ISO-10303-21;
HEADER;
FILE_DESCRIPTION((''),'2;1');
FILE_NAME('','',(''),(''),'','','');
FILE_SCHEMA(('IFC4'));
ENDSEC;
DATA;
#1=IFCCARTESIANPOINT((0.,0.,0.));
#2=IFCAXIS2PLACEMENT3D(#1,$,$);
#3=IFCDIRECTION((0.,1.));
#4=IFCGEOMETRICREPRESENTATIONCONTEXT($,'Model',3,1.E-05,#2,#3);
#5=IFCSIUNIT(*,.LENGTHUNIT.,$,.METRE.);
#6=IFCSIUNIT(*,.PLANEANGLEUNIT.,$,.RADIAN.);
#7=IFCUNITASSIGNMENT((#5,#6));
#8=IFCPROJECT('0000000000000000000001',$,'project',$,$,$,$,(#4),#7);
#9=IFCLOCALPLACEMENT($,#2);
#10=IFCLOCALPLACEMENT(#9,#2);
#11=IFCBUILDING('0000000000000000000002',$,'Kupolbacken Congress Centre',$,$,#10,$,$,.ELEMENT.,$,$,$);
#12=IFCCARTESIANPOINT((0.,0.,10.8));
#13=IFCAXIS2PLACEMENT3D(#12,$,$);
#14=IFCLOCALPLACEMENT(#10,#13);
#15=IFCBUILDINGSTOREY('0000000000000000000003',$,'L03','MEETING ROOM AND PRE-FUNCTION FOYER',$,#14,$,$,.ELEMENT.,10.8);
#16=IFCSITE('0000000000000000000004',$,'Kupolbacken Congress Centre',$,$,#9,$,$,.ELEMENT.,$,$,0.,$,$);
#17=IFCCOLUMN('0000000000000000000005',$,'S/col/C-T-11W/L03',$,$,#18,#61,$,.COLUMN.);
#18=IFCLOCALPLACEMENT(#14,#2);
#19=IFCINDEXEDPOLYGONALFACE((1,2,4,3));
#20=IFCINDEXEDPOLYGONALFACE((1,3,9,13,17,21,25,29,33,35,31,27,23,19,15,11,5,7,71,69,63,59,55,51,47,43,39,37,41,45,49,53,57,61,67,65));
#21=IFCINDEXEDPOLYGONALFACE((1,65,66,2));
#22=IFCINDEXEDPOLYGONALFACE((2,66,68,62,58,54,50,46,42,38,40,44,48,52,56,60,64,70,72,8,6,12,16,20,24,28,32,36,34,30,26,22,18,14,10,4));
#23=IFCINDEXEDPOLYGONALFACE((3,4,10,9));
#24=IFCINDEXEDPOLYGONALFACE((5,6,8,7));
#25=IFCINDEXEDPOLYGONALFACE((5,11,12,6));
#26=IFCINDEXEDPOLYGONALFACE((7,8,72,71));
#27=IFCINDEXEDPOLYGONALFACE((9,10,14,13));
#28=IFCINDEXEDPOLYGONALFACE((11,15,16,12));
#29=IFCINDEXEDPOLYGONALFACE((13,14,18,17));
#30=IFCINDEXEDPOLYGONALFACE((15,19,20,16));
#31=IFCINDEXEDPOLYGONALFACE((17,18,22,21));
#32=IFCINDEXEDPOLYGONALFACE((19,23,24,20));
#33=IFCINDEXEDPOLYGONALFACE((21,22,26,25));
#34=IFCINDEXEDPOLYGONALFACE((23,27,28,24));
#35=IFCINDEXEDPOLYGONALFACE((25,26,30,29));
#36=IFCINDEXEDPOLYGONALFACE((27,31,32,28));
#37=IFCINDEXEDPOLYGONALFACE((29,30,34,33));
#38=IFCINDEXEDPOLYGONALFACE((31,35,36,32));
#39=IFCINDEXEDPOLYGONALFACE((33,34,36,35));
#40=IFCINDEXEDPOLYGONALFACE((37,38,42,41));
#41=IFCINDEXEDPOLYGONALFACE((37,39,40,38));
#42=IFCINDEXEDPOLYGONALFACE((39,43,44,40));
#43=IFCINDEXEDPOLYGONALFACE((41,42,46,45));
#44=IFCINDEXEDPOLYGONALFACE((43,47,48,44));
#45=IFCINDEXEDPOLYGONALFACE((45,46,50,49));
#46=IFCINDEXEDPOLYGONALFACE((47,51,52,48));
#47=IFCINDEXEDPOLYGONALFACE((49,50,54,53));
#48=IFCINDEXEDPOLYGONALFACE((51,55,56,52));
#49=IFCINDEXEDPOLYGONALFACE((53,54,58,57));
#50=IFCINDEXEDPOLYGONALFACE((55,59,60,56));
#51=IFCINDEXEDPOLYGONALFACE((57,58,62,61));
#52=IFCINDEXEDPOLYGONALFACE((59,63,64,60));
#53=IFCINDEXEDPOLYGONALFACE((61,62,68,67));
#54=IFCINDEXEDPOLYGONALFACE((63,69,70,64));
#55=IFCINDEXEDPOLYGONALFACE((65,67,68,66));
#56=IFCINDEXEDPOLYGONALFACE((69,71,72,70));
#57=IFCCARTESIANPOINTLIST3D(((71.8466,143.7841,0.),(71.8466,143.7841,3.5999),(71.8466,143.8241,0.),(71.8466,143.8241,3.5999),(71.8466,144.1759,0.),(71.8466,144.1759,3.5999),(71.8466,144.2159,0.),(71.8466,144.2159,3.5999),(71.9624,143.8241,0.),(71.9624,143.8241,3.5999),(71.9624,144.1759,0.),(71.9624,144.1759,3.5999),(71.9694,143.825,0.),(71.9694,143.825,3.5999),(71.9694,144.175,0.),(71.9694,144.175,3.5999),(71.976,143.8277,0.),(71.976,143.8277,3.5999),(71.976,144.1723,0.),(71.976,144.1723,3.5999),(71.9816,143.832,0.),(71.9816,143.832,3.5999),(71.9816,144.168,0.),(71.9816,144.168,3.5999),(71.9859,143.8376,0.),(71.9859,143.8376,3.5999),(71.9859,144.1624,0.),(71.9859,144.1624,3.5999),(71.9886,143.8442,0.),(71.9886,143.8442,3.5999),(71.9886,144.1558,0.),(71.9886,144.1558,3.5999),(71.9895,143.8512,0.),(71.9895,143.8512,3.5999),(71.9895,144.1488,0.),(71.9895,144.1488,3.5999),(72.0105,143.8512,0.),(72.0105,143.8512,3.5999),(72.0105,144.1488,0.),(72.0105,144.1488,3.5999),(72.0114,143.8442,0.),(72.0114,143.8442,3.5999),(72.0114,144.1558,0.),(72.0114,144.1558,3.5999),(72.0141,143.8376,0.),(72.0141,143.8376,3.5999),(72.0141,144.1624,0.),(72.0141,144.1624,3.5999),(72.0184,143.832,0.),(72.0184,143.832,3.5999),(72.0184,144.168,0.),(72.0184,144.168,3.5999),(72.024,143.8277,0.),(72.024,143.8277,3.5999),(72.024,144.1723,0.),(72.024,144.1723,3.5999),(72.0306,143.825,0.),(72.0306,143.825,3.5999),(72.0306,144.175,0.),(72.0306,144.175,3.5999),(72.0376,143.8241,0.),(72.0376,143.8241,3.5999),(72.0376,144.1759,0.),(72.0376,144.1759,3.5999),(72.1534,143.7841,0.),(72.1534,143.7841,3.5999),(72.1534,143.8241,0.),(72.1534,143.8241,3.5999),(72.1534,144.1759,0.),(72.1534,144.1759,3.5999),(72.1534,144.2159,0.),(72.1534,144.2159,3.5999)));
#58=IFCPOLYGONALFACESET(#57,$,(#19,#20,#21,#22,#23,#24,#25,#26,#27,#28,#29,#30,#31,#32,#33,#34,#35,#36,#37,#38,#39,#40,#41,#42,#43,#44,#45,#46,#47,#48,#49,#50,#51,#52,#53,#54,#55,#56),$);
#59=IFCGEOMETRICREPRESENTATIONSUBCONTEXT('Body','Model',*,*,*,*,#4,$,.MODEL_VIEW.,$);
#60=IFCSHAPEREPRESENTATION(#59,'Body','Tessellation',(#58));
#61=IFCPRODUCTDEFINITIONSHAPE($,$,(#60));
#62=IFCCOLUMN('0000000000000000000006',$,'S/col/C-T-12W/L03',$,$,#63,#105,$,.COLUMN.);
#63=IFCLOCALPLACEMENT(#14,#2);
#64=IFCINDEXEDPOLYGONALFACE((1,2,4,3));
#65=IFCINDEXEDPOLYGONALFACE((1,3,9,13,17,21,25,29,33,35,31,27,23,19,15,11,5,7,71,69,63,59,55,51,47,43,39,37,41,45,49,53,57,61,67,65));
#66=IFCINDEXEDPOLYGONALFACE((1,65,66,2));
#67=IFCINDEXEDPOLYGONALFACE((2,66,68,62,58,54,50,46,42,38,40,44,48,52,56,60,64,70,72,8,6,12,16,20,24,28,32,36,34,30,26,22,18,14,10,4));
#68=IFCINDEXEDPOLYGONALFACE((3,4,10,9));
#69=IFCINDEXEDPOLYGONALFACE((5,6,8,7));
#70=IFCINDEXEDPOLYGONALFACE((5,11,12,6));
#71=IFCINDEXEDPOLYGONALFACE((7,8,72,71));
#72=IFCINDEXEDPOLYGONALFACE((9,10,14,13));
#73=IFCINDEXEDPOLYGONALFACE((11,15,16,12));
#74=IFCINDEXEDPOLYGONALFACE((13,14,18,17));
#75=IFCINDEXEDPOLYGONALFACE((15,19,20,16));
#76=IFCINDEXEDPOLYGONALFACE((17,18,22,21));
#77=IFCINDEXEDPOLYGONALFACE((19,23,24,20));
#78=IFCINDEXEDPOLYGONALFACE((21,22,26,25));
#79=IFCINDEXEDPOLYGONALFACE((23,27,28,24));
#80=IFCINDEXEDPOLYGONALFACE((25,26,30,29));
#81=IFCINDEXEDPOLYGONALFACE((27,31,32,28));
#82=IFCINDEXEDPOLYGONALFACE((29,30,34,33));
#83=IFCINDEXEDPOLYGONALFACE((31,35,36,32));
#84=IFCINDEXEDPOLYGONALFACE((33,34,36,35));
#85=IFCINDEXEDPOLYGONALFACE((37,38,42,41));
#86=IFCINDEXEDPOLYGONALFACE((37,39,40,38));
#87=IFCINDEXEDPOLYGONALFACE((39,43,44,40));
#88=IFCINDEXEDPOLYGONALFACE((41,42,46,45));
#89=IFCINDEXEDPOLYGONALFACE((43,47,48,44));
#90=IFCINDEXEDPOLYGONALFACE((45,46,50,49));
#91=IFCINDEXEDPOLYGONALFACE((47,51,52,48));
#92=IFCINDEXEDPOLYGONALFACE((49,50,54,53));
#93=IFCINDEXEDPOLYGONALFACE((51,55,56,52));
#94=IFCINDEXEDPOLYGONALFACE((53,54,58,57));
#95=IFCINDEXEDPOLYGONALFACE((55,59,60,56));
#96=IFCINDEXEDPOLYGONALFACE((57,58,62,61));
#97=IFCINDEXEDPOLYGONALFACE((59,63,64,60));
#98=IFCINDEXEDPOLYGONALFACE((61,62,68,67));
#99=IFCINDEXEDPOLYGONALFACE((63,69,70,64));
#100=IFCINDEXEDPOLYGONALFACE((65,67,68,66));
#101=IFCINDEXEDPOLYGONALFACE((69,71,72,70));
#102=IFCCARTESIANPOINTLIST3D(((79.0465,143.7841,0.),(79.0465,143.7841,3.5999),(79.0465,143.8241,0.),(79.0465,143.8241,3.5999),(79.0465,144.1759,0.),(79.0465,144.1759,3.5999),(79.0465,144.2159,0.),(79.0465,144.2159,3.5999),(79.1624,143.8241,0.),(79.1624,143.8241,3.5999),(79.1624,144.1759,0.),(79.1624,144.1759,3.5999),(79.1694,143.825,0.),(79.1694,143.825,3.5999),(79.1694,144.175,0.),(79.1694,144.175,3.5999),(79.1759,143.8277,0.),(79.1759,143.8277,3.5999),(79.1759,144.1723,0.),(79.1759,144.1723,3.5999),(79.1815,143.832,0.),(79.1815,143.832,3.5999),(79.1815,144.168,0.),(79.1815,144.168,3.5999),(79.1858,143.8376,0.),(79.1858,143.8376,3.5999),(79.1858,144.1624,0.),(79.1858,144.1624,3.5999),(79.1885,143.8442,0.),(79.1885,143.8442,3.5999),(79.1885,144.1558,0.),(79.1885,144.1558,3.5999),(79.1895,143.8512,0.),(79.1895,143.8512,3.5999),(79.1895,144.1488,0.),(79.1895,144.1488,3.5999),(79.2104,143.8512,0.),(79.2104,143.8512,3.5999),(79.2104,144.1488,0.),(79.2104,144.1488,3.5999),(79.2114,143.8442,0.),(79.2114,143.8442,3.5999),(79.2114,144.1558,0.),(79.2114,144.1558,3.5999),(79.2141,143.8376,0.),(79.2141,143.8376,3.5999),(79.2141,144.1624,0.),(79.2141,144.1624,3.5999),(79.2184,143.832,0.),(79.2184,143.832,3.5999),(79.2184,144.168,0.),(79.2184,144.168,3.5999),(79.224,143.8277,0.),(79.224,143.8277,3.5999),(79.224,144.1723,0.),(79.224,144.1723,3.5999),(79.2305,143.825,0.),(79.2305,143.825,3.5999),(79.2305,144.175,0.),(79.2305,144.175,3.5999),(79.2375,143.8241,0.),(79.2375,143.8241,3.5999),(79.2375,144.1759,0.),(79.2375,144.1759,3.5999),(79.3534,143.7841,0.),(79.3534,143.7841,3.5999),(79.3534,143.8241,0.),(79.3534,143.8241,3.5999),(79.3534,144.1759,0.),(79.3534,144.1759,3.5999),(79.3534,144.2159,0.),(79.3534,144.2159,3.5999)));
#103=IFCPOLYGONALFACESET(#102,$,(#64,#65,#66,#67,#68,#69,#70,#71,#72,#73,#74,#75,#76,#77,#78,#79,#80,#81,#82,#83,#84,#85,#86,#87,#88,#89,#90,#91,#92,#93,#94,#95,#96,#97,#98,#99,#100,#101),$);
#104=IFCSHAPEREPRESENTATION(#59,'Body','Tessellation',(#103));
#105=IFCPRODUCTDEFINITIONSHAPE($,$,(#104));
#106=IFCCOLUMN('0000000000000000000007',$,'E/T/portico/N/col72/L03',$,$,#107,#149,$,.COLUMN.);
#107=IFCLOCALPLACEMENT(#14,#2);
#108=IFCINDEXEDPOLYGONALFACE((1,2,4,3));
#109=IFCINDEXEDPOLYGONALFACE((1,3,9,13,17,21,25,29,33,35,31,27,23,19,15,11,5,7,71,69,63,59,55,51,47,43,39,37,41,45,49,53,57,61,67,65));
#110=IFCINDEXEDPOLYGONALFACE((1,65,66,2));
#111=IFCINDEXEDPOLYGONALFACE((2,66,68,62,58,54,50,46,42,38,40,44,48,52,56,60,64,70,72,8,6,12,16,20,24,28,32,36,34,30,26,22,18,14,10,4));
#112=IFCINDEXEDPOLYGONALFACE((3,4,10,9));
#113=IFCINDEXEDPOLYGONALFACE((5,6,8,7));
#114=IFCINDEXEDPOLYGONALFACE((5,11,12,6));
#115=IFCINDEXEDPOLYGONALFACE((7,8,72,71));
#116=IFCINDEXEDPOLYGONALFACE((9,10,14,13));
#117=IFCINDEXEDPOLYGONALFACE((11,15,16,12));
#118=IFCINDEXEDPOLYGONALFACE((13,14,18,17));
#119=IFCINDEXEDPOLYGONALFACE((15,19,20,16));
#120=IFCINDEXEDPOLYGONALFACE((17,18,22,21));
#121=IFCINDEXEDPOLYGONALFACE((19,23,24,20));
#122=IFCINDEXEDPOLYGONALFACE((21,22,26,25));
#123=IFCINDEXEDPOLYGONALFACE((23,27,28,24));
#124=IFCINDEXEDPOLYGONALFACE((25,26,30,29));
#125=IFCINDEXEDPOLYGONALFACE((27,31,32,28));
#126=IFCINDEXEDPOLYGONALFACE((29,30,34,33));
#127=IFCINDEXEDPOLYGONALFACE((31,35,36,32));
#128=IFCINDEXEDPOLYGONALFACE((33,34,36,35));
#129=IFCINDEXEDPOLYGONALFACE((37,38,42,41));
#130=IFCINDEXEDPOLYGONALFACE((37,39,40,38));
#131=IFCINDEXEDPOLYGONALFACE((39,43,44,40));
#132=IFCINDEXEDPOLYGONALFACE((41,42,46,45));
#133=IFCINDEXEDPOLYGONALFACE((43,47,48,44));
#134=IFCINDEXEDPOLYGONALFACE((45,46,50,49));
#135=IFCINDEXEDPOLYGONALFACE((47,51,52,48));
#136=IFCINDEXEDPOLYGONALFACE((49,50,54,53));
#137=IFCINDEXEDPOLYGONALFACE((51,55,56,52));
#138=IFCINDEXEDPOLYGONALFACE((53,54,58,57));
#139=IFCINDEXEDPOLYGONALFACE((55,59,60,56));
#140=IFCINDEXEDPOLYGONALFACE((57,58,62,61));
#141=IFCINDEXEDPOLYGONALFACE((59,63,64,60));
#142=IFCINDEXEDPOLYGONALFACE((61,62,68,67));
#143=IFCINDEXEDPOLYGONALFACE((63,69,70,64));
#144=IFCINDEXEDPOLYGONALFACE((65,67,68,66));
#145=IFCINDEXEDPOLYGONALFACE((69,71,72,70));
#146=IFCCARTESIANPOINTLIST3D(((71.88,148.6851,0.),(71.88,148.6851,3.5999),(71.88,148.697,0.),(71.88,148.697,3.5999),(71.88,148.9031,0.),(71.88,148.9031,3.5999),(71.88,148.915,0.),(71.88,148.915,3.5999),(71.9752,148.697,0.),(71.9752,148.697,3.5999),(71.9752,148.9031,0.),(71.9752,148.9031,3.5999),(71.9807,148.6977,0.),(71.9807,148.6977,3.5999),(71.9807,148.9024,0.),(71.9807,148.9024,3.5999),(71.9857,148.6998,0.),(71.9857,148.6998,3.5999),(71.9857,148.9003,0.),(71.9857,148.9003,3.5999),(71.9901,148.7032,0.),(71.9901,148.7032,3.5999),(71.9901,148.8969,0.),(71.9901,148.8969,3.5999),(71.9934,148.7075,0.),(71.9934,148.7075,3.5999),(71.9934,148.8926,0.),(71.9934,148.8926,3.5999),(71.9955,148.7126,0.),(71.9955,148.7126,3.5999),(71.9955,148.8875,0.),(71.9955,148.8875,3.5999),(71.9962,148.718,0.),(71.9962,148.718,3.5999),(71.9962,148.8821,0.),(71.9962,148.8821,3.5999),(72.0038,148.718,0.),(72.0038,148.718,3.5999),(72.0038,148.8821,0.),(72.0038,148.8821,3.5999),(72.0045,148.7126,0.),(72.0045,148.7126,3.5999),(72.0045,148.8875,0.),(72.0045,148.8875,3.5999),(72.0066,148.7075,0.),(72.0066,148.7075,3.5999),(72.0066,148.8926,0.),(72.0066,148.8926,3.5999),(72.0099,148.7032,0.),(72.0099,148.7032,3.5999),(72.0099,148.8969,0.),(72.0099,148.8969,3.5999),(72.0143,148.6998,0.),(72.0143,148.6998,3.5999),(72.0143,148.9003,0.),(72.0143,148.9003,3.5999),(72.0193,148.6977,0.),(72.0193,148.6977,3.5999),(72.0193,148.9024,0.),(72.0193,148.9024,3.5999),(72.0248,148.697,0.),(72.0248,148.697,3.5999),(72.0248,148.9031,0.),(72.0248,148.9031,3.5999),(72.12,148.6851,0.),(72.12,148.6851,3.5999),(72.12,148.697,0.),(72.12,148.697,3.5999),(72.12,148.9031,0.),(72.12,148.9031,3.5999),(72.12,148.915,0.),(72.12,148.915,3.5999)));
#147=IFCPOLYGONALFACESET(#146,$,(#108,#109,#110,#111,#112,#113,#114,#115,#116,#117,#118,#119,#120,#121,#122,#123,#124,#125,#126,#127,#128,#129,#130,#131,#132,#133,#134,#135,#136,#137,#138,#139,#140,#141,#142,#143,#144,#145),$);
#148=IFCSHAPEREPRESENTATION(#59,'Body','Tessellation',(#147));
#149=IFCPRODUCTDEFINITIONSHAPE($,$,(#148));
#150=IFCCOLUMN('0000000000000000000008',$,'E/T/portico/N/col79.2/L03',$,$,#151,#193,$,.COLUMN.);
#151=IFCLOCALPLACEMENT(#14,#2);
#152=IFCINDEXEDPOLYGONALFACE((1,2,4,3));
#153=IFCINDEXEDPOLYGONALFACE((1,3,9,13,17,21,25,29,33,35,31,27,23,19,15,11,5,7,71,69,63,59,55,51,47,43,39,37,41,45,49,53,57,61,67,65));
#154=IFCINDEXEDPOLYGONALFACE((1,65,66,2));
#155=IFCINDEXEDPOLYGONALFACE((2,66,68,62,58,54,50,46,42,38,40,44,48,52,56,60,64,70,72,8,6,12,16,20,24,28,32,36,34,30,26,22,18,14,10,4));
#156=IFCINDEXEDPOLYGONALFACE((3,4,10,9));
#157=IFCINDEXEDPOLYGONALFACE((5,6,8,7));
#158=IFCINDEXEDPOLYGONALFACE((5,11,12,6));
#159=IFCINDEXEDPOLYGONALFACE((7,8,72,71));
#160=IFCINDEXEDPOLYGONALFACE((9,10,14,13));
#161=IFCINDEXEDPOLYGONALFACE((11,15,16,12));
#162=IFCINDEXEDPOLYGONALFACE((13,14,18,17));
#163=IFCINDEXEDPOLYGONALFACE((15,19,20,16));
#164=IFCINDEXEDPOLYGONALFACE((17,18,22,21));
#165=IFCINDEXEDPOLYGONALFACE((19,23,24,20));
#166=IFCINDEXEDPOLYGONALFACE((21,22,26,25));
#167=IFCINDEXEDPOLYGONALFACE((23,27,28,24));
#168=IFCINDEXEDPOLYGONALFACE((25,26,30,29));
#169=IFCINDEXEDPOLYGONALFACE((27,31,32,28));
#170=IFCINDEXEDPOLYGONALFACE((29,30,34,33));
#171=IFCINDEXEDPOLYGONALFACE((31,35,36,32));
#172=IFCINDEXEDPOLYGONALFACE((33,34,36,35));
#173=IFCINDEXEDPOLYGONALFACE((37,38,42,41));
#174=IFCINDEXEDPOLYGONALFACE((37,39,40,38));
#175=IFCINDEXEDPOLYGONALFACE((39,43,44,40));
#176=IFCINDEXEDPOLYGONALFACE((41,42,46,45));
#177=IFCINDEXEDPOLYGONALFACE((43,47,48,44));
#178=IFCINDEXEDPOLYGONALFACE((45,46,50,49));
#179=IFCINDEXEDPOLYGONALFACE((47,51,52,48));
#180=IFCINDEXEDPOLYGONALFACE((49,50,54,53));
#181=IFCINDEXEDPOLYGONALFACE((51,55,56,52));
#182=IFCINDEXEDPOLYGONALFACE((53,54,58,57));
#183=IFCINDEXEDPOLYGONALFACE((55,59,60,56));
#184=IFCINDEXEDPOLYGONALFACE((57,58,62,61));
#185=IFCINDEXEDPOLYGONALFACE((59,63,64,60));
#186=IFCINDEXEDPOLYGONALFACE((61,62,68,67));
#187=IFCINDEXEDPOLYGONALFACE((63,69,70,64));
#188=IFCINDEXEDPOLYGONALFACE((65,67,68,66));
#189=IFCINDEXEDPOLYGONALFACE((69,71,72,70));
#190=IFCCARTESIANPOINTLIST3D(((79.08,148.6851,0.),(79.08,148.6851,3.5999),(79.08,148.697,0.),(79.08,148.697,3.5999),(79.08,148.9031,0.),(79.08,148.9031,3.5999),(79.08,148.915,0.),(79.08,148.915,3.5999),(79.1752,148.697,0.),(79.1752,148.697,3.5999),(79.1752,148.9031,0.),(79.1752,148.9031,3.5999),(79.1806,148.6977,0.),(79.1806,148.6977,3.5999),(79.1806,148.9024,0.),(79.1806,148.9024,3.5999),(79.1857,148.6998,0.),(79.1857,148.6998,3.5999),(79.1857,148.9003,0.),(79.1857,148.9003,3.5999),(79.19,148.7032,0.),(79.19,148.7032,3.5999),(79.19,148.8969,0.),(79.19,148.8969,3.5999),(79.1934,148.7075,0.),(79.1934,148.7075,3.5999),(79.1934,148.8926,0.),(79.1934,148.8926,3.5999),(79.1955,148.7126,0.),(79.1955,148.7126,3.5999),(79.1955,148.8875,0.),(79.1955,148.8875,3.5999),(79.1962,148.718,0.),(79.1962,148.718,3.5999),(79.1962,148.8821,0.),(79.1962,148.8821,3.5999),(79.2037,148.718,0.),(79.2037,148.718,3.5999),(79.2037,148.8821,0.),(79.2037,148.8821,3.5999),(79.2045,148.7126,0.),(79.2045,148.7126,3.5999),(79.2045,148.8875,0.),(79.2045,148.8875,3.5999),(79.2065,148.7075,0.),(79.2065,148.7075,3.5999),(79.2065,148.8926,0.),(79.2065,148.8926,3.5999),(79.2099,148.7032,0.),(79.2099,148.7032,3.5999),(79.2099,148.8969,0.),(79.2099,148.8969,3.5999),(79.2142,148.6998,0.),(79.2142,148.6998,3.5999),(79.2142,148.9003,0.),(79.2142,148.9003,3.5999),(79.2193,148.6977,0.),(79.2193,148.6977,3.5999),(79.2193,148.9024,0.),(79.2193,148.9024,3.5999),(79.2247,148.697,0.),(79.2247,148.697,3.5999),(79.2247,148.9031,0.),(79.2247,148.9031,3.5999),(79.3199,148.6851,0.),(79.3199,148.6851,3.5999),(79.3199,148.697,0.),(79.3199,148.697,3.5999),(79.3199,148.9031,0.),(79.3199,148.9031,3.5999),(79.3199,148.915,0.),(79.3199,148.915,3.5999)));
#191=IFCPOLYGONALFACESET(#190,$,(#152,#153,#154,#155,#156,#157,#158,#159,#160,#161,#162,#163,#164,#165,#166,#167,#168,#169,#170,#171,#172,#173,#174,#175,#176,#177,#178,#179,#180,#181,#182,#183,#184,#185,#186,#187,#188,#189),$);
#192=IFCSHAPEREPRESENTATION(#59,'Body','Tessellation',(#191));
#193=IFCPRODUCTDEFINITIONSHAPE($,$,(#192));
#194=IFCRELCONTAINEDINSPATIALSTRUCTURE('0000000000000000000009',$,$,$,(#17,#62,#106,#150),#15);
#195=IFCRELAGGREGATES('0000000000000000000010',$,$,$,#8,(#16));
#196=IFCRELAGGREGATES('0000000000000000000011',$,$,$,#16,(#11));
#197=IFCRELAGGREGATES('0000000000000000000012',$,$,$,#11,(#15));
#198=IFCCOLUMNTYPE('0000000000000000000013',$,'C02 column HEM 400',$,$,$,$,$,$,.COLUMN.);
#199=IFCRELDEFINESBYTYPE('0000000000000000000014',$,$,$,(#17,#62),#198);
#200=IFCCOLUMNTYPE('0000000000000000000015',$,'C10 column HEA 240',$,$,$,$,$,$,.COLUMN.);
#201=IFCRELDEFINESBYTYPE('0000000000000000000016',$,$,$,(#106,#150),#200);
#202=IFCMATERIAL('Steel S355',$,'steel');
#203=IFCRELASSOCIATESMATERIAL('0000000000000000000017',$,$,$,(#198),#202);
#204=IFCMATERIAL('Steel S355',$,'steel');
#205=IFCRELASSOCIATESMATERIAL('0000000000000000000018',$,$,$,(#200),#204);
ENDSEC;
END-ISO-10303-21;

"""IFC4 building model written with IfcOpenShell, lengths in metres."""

from ifc_helpers import new_model, si_unit, direction, frame, origin, origin_2d, place, context, subcontext, project, spatial, i_section, extrude, material, material_profile, profile_set, type_object, element, save


model = new_model("IFC4")

# Units and contexts
model_context = context("Model", 3, precision=1e-05, world=origin(), true_north=direction((0.0, 1.0)))
body_context = subcontext(model_context, "Body", "Model", "MODEL_VIEW")
ifc_project = project(units=[si_unit("LENGTHUNIT", "METRE"), si_unit("PLANEANGLEUNIT", "RADIAN")], contexts=[model_context])

# Site, building, storey
site_placement = place(None, origin())
site = spatial("IfcSite", under=ifc_project, at=site_placement, Name="Kupolbacken Congress Centre", CompositionType="ELEMENT", RefElevation=0.0)
building_placement = place(site_placement, origin())
building = spatial("IfcBuilding", under=site, at=building_placement, Name="Kupolbacken Congress Centre", CompositionType="ELEMENT")
storey_placement = place(building_placement, frame((0.0, 0.0, 10.8)))
storey = spatial("IfcBuildingStorey", under=building, at=storey_placement, Name="L03", Description="MEETING ROOM AND PRE-FUNCTION FOYER", CompositionType="ELEMENT", Elevation=10.8)

# Columns
ifc_material_1 = material(Name="Steel S355", Category="steel")
ifc_material_profile_1 = material_profile(ifc_material_1, i_section(OverallWidth=0.3069, OverallDepth=0.4319, WebThickness=0.021, FlangeThickness=0.04, FilletRadius=0.0271, at=origin_2d()), Name="HEM 400")
ifc_profile_set_1 = profile_set([ifc_material_profile_1], Name="Steel S355")
column_type_1 = type_object("IfcColumnType", Name="C02 column HEM 400", PredefinedType="COLUMN", material=ifc_profile_set_1)
for number, where, z_axis, x_axis, name in (
    (1, (72.0, 144.0, 0.0), (0.0, 0.0, 1.0), (1.0, 0.0, 0.0), "S/col/C-T-11W/L03"),
    (2, (79.2, 144.0, 0.0), (0.0, 0.0, 1.0), (1.0, 0.0, 0.0), "S/col/C-T-12W/L03"),
):
    element("IfcColumn", number, at=place(storey_placement, frame(where, z_axis=z_axis, x_axis=x_axis)), inside=storey, type_object=column_type_1, Name=name, PredefinedType="COLUMN", context=body_context, shape_type="SweptSolid", body=[
        extrude(i_section(OverallWidth=0.3069, OverallDepth=0.4319, WebThickness=0.021, FlangeThickness=0.04, FilletRadius=0.0271, at=origin_2d()), origin(), (0.0, 0.0, 1.0), 3.5999),
    ])
ifc_material_2 = material(Name="Steel S355", Category="steel")
ifc_material_profile_2 = material_profile(ifc_material_2, i_section(OverallWidth=0.24, OverallDepth=0.23, WebThickness=0.0076, FlangeThickness=0.012, FilletRadius=0.021, at=origin_2d()), Name="HEA 240")
ifc_profile_set_2 = profile_set([ifc_material_profile_2], Name="Steel S355")
column_type_2 = type_object("IfcColumnType", Name="C10 column HEA 240", PredefinedType="COLUMN", material=ifc_profile_set_2)
for number, where, z_axis, x_axis, name in (
    (3, (72.0, 148.8, 0.0), (0.0, 0.0, 1.0), (1.0, 0.0, 0.0), "E/T/portico/N/col72/L03"),
    (4, (79.2, 148.8, 0.0), (0.0, 0.0, 1.0), (1.0, 0.0, 0.0), "E/T/portico/N/col79.2/L03"),
):
    element("IfcColumn", number, at=place(storey_placement, frame(where, z_axis=z_axis, x_axis=x_axis)), inside=storey, type_object=column_type_2, Name=name, PredefinedType="COLUMN", context=body_context, shape_type="SweptSolid", body=[
        extrude(i_section(OverallWidth=0.24, OverallDepth=0.23, WebThickness=0.0076, FlangeThickness=0.012, FilletRadius=0.021, at=origin_2d()), origin(), (0.0, 0.0, 1.0), 3.5999),
    ])

save(model, "model.ifc")
